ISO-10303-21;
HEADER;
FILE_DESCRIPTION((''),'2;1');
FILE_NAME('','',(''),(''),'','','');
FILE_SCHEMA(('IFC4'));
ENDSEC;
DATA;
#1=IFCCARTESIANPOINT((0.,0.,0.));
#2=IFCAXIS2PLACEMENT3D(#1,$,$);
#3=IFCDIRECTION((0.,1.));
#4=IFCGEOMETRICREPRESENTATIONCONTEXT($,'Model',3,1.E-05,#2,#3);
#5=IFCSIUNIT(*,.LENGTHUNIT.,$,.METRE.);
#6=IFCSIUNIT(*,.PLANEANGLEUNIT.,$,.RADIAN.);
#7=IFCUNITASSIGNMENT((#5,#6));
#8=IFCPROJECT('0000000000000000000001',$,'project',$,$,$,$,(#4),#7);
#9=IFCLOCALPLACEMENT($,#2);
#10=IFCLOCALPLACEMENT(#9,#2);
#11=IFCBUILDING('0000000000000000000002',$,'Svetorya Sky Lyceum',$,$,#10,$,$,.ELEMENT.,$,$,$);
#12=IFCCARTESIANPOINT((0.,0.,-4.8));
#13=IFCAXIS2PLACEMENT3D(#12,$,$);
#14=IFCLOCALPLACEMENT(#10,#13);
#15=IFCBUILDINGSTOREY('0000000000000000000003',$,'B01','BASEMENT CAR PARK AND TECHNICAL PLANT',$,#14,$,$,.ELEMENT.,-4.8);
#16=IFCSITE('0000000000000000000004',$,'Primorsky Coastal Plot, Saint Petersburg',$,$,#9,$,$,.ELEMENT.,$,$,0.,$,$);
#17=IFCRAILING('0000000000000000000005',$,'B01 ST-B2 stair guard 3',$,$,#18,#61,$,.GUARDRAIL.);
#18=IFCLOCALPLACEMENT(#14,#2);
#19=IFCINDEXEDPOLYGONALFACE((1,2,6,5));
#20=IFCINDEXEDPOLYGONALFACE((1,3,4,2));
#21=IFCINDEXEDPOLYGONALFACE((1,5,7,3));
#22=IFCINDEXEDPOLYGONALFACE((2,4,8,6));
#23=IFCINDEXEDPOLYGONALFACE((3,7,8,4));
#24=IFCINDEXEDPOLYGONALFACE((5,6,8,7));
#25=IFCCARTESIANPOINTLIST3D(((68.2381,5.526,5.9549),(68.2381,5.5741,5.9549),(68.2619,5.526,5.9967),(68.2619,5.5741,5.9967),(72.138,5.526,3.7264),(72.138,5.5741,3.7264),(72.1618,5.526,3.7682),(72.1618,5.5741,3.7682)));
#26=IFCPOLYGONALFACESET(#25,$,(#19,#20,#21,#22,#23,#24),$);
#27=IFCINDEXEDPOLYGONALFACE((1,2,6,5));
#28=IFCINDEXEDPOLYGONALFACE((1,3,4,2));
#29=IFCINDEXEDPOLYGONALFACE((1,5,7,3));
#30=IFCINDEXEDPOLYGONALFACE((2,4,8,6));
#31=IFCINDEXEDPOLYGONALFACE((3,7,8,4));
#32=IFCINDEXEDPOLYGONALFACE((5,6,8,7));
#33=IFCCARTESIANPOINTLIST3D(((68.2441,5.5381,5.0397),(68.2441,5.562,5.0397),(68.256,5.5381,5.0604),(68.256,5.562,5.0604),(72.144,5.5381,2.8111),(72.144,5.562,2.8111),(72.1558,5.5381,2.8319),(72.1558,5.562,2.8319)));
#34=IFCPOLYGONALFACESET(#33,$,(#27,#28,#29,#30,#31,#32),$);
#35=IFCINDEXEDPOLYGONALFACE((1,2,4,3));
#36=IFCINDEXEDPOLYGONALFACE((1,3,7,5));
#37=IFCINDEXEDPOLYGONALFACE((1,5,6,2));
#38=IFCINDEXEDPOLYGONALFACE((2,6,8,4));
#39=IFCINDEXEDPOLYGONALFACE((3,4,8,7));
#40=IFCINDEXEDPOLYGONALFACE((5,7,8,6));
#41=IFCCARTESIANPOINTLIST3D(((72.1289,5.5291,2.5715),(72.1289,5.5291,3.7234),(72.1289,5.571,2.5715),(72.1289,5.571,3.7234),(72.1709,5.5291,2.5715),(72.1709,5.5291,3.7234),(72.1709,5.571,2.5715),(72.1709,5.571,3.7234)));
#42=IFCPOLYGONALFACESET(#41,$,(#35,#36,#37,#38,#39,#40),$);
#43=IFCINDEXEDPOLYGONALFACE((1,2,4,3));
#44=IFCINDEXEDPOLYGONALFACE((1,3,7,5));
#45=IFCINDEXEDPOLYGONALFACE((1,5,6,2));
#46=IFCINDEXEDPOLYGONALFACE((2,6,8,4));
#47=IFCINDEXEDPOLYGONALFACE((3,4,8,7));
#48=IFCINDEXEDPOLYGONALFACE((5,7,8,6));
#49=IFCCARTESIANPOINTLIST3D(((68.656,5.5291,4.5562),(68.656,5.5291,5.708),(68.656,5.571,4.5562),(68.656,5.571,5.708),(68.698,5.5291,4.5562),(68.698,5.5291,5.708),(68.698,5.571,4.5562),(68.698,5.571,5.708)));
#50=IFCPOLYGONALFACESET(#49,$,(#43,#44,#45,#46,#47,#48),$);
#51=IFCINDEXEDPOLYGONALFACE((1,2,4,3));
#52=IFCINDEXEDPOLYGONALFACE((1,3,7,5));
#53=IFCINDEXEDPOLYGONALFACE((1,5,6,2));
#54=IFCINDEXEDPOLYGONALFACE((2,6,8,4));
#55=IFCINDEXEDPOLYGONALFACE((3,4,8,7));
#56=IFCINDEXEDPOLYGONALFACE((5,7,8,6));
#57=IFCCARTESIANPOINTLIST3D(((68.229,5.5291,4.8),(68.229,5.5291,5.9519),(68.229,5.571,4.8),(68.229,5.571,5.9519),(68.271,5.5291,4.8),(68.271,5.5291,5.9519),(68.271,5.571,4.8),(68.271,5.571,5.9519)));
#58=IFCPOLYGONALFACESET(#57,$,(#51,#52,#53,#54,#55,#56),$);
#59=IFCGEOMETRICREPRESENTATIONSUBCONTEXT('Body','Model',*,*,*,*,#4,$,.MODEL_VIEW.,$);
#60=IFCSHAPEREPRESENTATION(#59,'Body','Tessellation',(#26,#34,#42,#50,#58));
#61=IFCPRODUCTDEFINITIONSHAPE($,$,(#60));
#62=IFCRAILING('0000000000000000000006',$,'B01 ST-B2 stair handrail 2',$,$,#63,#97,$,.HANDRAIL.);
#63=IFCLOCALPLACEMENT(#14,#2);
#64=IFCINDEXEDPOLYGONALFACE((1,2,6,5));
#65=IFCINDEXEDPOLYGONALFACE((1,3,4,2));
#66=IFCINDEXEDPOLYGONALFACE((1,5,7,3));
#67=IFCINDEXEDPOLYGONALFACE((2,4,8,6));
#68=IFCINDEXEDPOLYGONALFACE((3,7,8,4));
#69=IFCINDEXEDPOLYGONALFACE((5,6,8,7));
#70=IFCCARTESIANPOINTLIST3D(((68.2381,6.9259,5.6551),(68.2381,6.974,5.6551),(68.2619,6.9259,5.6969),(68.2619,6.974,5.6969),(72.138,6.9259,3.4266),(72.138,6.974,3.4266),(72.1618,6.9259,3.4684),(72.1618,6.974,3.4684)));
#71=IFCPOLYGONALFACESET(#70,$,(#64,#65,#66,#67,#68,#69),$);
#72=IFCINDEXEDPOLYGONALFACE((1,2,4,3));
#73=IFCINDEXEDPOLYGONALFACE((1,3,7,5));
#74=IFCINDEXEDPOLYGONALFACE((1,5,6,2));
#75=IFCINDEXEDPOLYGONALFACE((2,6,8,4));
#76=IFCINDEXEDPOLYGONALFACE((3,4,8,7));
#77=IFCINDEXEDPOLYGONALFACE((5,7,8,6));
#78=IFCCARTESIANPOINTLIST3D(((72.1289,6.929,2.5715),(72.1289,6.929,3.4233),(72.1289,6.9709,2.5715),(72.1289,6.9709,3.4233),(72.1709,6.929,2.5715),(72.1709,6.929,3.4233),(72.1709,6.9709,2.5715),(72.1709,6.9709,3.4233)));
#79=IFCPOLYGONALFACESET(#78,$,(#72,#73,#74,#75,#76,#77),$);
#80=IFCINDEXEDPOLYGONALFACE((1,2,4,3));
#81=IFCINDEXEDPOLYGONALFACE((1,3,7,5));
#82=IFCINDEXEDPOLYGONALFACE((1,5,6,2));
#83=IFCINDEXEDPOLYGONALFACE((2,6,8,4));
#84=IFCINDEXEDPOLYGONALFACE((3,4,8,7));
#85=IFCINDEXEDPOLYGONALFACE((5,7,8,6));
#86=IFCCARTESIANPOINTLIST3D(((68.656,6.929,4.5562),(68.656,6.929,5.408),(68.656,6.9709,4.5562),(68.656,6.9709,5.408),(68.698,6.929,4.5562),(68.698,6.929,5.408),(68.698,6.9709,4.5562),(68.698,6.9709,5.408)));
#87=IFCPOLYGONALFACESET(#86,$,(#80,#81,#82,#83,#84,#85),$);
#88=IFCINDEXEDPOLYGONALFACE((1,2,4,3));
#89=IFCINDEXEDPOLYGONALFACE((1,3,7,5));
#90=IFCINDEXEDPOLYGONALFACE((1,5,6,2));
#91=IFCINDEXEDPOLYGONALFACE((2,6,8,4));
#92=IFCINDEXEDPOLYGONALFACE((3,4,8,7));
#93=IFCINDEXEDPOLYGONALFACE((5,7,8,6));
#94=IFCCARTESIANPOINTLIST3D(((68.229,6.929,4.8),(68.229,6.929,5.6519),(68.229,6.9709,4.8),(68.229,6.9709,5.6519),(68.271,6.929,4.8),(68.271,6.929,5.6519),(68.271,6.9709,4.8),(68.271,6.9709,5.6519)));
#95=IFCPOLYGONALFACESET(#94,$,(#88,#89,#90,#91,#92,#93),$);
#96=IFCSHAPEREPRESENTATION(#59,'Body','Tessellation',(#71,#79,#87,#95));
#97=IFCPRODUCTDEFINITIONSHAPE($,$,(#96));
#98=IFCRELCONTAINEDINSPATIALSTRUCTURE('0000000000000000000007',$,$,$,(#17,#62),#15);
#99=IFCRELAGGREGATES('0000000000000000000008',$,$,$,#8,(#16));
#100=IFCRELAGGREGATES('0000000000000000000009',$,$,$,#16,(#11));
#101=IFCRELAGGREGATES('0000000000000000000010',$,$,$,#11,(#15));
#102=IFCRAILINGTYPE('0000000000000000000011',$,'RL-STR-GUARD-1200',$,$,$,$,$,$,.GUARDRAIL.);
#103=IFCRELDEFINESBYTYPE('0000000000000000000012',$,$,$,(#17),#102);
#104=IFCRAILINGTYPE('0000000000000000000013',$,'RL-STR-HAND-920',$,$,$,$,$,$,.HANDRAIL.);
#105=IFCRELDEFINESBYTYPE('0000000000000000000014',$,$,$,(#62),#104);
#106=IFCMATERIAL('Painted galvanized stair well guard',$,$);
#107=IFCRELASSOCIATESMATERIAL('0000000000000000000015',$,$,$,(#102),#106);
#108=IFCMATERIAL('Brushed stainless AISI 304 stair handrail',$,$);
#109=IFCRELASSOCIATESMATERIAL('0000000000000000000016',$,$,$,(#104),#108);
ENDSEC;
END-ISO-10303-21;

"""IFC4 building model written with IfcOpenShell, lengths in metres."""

from ifc_helpers import new_model, si_unit, direction, frame, origin, origin_2d, place, context, subcontext, project, spatial, rectangle, extrude, material, type_object, element, save


model = new_model("IFC4")

# Units and contexts
model_context = context("Model", 3, precision=1e-05, world=origin(), true_north=direction((0.0, 1.0)))
body_context = subcontext(model_context, "Body", "Model", "MODEL_VIEW")
ifc_project = project(units=[si_unit("LENGTHUNIT", "METRE"), si_unit("PLANEANGLEUNIT", "RADIAN")], contexts=[model_context])

# Site, building, storey
site_placement = place(None, origin())
site = spatial("IfcSite", under=ifc_project, at=site_placement, Name="Primorsky Coastal Plot, Saint Petersburg", CompositionType="ELEMENT", RefElevation=0.0)
building_placement = place(site_placement, origin())
building = spatial("IfcBuilding", under=site, at=building_placement, Name="Svetorya Sky Lyceum", CompositionType="ELEMENT")
storey_placement = place(building_placement, frame((0.0, 0.0, -4.8)))
storey = spatial("IfcBuildingStorey", under=building, at=storey_placement, Name="B01", Description="BASEMENT CAR PARK AND TECHNICAL PLANT", CompositionType="ELEMENT", Elevation=-4.8)

# Railings
ifc_material_1 = material(Name="Painted galvanized stair well guard")
railing_type_1 = type_object("IfcRailingType", Name="RL-STR-GUARD-1200", PredefinedType="GUARDRAIL", material=ifc_material_1)
railing_1_placement = place(storey_placement, frame((72.1499, 5.55, 2.5715)))
element("IfcRailing", 1, at=railing_1_placement, inside=storey, type_object=railing_type_1, Name="B01 ST-B2 stair guard 3", PredefinedType="GUARDRAIL", context=body_context, shape_type="SweptSolid", body=[
    extrude(rectangle(XDim=0.0481, YDim=0.0481, at=origin_2d()), frame((0.0, 0.0, 1.1758), z_axis=(-0.868243, 0.0, 0.496139), x_axis=(0.0, -1.0, 0.0)), (0.0, 0.0, 1.0), 4.4917),
    extrude(rectangle(XDim=0.0239, YDim=0.0239, at=origin_2d()), frame((0.0, 0.0, 0.25), z_axis=(-0.868243, 0.0, 0.496139), x_axis=(0.0, -1.0, 0.0)), (0.0, 0.0, 1.0), 4.4917),
    extrude(rectangle(XDim=0.042, YDim=0.042, at=origin_2d()), origin(), (0.0, 0.0, 1.0), 1.1519),
    extrude(rectangle(XDim=0.042, YDim=0.042, at=origin_2d()), frame((-3.4729, 0.0, 1.9846)), (0.0, 0.0, 1.0), 1.1519),
    extrude(rectangle(XDim=0.042, YDim=0.042, at=origin_2d()), frame((-3.8999, 0.0, 2.2285)), (0.0, 0.0, 1.0), 1.1519),
])
ifc_material_2 = material(Name="Brushed stainless AISI 304 stair handrail")
railing_type_2 = type_object("IfcRailingType", Name="RL-STR-HAND-920", PredefinedType="HANDRAIL", material=ifc_material_2)
railing_2_placement = place(storey_placement, frame((72.1499, 6.95, 2.5715)))
element("IfcRailing", 2, at=railing_2_placement, inside=storey, type_object=railing_type_2, Name="B01 ST-B2 stair handrail 2", PredefinedType="HANDRAIL", context=body_context, shape_type="SweptSolid", body=[
    extrude(rectangle(XDim=0.0481, YDim=0.0481, at=origin_2d()), frame((0.0, 0.0, 0.876), z_axis=(-0.868243, 0.0, 0.496139), x_axis=(0.0, -1.0, 0.0)), (0.0, 0.0, 1.0), 4.4917),
    extrude(rectangle(XDim=0.042, YDim=0.042, at=origin_2d()), origin(), (0.0, 0.0, 1.0), 0.8518),
    extrude(rectangle(XDim=0.042, YDim=0.042, at=origin_2d()), frame((-3.4729, 0.0, 1.9846)), (0.0, 0.0, 1.0), 0.8518),
    extrude(rectangle(XDim=0.042, YDim=0.042, at=origin_2d()), frame((-3.8999, 0.0, 2.2285)), (0.0, 0.0, 1.0), 0.8518),
])

save(model, "model.ifc")
